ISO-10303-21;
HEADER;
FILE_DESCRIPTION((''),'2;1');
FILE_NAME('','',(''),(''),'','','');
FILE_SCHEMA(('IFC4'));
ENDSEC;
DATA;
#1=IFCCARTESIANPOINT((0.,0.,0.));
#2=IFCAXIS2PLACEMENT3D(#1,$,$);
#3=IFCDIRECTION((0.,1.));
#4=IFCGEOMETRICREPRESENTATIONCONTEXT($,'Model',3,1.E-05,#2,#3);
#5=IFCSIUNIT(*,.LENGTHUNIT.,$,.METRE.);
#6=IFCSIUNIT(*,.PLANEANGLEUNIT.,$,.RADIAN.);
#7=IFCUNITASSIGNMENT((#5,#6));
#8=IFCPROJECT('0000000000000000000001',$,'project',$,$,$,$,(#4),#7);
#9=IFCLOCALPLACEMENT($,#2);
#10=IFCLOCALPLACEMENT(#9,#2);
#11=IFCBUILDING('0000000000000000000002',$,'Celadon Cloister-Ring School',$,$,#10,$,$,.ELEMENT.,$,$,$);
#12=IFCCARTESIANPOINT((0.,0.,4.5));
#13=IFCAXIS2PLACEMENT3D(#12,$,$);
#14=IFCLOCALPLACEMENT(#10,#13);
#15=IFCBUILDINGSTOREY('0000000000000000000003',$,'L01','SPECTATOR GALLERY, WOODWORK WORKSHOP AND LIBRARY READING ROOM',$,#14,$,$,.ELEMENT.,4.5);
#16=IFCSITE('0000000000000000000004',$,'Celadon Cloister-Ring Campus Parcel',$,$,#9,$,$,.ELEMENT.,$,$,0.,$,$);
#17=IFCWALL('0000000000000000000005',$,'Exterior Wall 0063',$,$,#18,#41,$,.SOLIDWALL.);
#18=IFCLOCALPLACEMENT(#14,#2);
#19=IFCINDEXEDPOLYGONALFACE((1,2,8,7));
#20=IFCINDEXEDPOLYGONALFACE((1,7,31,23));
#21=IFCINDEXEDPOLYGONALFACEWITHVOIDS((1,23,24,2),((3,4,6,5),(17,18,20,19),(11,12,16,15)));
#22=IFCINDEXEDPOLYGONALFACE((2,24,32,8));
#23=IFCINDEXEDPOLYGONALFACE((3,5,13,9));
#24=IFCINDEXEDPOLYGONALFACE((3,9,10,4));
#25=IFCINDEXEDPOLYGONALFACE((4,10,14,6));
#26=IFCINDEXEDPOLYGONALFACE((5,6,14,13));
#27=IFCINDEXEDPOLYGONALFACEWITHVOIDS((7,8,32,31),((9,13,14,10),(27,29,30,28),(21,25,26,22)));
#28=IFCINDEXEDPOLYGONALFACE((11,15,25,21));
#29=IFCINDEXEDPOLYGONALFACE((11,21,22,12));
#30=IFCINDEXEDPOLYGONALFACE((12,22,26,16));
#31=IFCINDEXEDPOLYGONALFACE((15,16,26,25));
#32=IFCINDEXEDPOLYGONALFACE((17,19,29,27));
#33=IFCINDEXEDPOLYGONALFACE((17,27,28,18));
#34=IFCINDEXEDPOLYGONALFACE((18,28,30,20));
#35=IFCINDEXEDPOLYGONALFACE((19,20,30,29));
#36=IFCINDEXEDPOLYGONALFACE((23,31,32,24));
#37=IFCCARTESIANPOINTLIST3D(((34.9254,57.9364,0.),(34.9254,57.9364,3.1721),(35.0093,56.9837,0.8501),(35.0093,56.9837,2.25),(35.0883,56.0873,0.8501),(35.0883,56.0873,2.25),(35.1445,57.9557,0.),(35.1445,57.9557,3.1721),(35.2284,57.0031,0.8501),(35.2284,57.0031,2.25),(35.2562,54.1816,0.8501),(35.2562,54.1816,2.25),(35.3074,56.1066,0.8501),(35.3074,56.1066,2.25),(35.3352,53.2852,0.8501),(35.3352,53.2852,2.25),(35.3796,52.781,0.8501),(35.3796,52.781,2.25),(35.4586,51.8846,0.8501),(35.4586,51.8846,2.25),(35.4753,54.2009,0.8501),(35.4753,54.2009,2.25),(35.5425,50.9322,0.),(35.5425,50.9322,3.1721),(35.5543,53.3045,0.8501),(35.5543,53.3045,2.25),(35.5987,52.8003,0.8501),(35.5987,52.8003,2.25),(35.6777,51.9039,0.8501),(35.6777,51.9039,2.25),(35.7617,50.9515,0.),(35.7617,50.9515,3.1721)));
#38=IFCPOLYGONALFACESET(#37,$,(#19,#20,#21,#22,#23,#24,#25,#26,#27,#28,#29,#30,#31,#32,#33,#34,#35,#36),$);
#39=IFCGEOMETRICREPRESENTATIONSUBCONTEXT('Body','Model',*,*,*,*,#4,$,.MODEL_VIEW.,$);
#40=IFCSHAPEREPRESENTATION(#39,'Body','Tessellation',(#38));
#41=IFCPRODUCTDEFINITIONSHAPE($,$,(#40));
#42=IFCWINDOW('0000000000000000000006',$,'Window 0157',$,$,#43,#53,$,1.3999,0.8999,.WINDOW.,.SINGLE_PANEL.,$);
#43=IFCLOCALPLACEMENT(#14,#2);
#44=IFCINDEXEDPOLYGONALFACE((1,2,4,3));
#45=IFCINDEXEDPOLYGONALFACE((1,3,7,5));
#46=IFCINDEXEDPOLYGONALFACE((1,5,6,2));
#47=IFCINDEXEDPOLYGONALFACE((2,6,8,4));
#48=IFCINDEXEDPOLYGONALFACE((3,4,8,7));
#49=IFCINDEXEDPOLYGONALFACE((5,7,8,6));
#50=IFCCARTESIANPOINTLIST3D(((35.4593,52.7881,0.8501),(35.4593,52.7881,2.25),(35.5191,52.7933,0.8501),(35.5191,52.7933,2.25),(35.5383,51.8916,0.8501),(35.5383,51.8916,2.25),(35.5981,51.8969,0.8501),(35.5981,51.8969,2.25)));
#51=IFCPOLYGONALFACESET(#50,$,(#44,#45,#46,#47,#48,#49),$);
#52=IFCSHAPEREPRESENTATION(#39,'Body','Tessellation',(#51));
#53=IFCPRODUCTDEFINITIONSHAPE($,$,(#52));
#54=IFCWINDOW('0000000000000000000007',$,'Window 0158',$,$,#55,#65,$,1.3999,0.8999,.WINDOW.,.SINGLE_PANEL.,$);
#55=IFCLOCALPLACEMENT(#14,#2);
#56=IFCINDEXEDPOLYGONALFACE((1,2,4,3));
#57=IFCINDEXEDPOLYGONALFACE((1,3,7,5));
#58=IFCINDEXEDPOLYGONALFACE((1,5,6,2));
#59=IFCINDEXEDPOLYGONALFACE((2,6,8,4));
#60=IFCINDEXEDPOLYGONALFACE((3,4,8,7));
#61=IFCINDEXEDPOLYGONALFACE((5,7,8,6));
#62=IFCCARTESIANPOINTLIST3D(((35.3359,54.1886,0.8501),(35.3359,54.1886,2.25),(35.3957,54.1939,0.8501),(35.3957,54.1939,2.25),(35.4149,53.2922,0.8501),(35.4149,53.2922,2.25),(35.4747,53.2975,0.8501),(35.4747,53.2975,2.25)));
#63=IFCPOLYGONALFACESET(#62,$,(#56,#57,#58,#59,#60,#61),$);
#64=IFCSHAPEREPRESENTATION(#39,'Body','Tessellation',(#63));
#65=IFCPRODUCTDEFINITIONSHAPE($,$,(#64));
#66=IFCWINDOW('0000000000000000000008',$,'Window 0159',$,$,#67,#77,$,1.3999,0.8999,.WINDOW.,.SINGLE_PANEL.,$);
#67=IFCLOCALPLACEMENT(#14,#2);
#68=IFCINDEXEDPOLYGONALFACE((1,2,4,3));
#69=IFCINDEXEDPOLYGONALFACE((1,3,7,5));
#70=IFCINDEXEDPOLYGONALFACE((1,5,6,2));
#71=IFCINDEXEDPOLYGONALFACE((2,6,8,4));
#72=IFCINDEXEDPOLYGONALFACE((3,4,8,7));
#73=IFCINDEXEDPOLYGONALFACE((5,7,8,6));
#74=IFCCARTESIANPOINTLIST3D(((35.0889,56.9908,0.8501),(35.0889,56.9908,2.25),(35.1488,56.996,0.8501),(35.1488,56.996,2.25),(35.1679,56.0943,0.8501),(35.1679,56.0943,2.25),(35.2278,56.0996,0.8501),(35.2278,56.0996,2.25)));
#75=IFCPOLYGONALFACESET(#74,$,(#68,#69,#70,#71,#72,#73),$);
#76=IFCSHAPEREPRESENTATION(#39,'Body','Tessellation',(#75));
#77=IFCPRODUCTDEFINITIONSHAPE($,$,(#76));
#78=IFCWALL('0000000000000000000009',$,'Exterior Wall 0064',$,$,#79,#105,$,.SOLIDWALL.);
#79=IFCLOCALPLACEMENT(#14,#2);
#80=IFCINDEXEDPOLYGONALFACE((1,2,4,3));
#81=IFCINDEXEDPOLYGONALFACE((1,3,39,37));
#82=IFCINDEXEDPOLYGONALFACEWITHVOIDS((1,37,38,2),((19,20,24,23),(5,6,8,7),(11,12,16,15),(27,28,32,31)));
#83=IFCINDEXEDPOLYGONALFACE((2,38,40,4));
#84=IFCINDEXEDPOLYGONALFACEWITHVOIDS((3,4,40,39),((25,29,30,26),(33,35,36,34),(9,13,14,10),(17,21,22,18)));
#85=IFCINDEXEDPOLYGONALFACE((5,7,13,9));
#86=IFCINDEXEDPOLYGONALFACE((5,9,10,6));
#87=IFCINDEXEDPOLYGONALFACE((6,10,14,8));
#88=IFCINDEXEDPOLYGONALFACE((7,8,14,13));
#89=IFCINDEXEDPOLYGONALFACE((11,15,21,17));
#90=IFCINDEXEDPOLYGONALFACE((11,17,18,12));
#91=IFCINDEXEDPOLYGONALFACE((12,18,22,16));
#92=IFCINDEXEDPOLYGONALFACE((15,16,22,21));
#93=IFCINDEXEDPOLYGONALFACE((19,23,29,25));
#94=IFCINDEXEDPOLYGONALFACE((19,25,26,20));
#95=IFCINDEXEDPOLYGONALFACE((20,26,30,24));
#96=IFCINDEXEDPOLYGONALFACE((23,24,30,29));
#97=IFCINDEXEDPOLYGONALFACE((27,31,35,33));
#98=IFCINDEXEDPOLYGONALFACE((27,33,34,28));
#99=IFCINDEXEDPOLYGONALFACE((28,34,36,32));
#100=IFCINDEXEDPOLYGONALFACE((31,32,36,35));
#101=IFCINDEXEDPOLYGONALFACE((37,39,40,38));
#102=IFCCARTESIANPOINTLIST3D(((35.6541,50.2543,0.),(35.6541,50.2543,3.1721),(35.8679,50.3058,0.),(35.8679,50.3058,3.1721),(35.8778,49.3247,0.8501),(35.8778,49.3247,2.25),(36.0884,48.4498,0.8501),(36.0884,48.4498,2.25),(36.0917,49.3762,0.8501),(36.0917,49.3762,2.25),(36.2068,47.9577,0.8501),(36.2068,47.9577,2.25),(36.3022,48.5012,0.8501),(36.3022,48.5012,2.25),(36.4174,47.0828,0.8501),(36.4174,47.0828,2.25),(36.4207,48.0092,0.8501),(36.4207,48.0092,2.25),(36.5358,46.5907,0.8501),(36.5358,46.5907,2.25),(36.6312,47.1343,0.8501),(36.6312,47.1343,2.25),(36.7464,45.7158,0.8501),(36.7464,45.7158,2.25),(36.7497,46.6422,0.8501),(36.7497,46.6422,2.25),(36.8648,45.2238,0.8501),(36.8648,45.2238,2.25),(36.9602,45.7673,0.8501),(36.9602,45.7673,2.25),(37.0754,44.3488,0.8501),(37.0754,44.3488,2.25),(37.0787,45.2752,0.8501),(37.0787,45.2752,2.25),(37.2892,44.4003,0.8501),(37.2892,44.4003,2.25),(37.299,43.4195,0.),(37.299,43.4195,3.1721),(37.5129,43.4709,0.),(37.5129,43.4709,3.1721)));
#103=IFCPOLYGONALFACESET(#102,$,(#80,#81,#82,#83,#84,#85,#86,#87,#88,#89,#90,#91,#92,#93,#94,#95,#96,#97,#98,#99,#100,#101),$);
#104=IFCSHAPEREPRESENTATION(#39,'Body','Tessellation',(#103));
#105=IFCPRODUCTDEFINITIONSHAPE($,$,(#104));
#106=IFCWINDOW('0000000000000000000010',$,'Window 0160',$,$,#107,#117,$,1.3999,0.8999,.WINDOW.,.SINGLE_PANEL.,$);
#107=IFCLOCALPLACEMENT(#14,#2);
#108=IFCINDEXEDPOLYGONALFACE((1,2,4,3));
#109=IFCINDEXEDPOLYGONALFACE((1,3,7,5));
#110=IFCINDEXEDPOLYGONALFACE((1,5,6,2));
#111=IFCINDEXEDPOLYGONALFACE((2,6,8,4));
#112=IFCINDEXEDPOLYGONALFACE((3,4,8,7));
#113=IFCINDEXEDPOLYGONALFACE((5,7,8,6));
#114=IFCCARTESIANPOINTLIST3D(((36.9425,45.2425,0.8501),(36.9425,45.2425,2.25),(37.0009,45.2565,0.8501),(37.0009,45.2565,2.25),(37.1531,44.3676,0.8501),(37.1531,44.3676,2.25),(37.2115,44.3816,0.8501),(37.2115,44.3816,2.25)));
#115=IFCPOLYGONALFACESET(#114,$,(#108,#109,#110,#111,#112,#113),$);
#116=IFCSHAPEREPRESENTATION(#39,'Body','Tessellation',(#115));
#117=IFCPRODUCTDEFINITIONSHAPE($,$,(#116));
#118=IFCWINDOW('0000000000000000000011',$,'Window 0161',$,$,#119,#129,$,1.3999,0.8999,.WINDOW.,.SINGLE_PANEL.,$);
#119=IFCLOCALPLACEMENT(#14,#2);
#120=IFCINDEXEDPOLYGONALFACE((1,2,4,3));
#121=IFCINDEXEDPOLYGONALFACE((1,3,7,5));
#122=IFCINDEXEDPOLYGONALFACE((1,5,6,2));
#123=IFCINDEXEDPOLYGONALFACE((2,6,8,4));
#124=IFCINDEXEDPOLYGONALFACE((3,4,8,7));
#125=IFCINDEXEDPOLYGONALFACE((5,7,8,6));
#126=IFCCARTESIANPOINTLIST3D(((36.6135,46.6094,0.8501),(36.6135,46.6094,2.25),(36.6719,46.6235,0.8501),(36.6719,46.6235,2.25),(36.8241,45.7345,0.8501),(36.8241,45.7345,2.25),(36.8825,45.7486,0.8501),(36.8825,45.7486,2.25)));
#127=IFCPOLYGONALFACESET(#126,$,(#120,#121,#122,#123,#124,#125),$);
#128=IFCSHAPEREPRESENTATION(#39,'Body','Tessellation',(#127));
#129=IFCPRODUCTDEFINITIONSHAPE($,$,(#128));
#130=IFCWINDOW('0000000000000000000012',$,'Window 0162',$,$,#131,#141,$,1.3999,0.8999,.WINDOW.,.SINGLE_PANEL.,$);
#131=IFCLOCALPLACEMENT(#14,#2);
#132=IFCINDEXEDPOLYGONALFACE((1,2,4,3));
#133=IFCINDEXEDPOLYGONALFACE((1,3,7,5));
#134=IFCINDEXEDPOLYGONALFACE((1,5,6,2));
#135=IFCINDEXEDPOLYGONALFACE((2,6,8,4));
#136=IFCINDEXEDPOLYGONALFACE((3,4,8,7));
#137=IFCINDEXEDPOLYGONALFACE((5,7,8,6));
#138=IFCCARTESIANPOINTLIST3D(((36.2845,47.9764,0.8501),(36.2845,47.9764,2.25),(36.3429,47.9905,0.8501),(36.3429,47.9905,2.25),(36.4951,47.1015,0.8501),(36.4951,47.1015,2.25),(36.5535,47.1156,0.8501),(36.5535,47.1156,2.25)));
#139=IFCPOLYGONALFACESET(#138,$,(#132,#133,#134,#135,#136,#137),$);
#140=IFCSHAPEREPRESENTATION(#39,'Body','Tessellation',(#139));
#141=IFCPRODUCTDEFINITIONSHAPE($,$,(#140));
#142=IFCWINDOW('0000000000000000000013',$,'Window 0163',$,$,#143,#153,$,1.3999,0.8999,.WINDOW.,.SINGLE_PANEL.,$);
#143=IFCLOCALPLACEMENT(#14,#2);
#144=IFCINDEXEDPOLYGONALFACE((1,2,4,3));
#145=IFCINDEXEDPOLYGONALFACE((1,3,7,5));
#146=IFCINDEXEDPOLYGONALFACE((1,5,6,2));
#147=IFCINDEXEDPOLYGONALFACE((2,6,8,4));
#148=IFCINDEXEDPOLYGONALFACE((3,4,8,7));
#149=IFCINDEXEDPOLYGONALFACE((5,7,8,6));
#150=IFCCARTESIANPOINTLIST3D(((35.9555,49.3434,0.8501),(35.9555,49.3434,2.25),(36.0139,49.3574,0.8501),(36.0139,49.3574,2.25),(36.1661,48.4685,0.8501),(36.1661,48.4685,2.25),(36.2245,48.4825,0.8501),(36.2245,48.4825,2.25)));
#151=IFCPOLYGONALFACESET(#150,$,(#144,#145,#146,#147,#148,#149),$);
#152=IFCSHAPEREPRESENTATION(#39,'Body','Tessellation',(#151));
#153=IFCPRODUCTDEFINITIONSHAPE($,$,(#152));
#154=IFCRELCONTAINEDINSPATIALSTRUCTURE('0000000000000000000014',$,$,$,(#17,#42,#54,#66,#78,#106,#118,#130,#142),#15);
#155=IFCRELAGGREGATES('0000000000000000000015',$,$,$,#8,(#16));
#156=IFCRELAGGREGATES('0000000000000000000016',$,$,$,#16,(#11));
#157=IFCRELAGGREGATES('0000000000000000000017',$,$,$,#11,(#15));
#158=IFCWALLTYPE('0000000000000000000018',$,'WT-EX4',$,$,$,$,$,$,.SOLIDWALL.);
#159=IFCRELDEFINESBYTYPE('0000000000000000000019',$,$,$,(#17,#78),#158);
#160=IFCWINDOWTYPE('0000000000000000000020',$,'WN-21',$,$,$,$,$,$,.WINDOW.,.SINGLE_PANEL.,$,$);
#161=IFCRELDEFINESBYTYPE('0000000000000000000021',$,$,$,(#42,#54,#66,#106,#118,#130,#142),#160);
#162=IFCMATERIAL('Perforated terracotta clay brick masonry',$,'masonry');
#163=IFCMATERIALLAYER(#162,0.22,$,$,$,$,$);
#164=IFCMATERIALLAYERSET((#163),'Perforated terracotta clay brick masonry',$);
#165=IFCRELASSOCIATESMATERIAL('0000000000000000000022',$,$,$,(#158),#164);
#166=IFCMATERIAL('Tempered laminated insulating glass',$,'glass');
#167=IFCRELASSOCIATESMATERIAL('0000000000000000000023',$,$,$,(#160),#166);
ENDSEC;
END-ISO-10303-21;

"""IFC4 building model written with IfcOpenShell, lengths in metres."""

from ifc_helpers import new_model, si_unit, direction, frame, frame_2d, origin, place, context, subcontext, project, spatial, rectangle, extrude, material, layer, layer_set, type_object, element, fill, save


model = new_model("IFC4")

# Units and contexts
model_context = context("Model", 3, precision=1e-05, world=origin(), true_north=direction((0.0, 1.0)))
body_context = subcontext(model_context, "Body", "Model", "MODEL_VIEW")
ifc_project = project(units=[si_unit("LENGTHUNIT", "METRE"), si_unit("PLANEANGLEUNIT", "RADIAN")], contexts=[model_context])

# Site, building, storey
site_placement = place(None, origin())
site = spatial("IfcSite", under=ifc_project, at=site_placement, Name="Celadon Cloister-Ring Campus Parcel", CompositionType="ELEMENT", RefElevation=0.0)
building_placement = place(site_placement, origin())
building = spatial("IfcBuilding", under=site, at=building_placement, Name="Celadon Cloister-Ring School", CompositionType="ELEMENT")
storey_placement = place(building_placement, frame((0.0, 0.0, 4.5)))
storey = spatial("IfcBuildingStorey", under=building, at=storey_placement, Name="L01", Description="SPECTATOR GALLERY, WOODWORK WORKSHOP AND LIBRARY READING ROOM", CompositionType="ELEMENT", Elevation=4.5)

# Walls, openings, windows
ifc_material_1 = material(Name="Perforated terracotta clay brick masonry", Category="masonry")
ifc_layer_1 = layer(ifc_material_1, 0.22)
ifc_layer_set_1 = layer_set([ifc_layer_1], Name="Perforated terracotta clay brick masonry")
wall_type = type_object("IfcWallType", Name="WT-EX4", PredefinedType="SOLIDWALL", material=ifc_layer_set_1)
wall_1_placement = place(storey_placement, frame((35.6521, 50.9419, 0.0), z_axis=(0.0, 0.0, 1.0), x_axis=(-0.087777, 0.99614, 0.0)))
wall_1 = element("IfcWall", 1, at=wall_1_placement, inside=storey, type_object=wall_type, Name="Exterior Wall 0063", PredefinedType="SOLIDWALL", context=body_context, shape_type="SweptSolid", body=[
    extrude(rectangle(XDim=7.0312, YDim=0.22, at=frame_2d((3.5156, 0.0))), origin(), (0.0, 0.0, 1.0), 3.1721),
])
opening_1_placement = place(wall_1_placement, frame((0.9561, 0.0, 0.8501)))
opening_1 = element("IfcOpeningElement", 2, at=opening_1_placement, cuts=wall_1, PredefinedType="OPENING", context=body_context, shape_type="SweptSolid", body=[
    extrude(rectangle(XDim=0.8999, YDim=1.3999, at=frame_2d((0.45, 0.7))), frame((0.0, 0.1201, 0.0), z_axis=(0.0, -1.0, 0.0), x_axis=(1.0, 0.0, 0.0)), (0.0, 0.0, 1.0), 0.24),
])
opening_2_placement = place(wall_1_placement, frame((2.3621, 0.0, 0.8501)))
opening_2 = element("IfcOpeningElement", 3, at=opening_2_placement, cuts=wall_1, PredefinedType="OPENING", context=body_context, shape_type="SweptSolid", body=[
    extrude(rectangle(XDim=0.8999, YDim=1.3999, at=frame_2d((0.45, 0.7))), frame((0.0, 0.1201, 0.0), z_axis=(0.0, -1.0, 0.0), x_axis=(1.0, 0.0, 0.0)), (0.0, 0.0, 1.0), 0.24),
])
opening_3_placement = place(wall_1_placement, frame((5.175, 0.0, 0.8501)))
opening_3 = element("IfcOpeningElement", 4, at=opening_3_placement, cuts=wall_1, PredefinedType="OPENING", context=body_context, shape_type="SweptSolid", body=[
    extrude(rectangle(XDim=0.8999, YDim=1.3999, at=frame_2d((0.45, 0.7))), frame((0.0, 0.1201, 0.0), z_axis=(0.0, -1.0, 0.0), x_axis=(1.0, 0.0, 0.0)), (0.0, 0.0, 1.0), 0.24),
])
ifc_material_2 = material(Name="Tempered laminated insulating glass", Category="glass")
window_type = type_object("IfcWindowType", Name="WN-21", PartitioningType="SINGLE_PANEL", PredefinedType="WINDOW", material=ifc_material_2)
window_1_placement = place(opening_1_placement, origin())
window_1 = element("IfcWindow", 5, at=window_1_placement, inside=storey, type_object=window_type, Name="Window 0157", OverallHeight=1.3999, OverallWidth=0.8999, PartitioningType="SINGLE_PANEL", PredefinedType="WINDOW", context=body_context, shape_type="SweptSolid", body=[
    extrude(rectangle(XDim=0.8999, YDim=1.3999, at=frame_2d((0.45, 0.7))), frame((0.0, 0.03, 0.0), z_axis=(0.0, -1.0, 0.0), x_axis=(1.0, 0.0, 0.0)), (0.0, 0.0, 1.0), 0.0601),
])
fill(opening_1, window_1)
window_2_placement = place(opening_2_placement, origin())
window_2 = element("IfcWindow", 6, at=window_2_placement, inside=storey, type_object=window_type, Name="Window 0158", OverallHeight=1.3999, OverallWidth=0.8999, PartitioningType="SINGLE_PANEL", PredefinedType="WINDOW", context=body_context, shape_type="SweptSolid", body=[
    extrude(rectangle(XDim=0.8999, YDim=1.3999, at=frame_2d((0.45, 0.7))), frame((0.0, 0.03, 0.0), z_axis=(0.0, -1.0, 0.0), x_axis=(1.0, 0.0, 0.0)), (0.0, 0.0, 1.0), 0.0601),
])
fill(opening_2, window_2)
window_3_placement = place(opening_3_placement, origin())
window_3 = element("IfcWindow", 7, at=window_3_placement, inside=storey, type_object=window_type, Name="Window 0159", OverallHeight=1.3999, OverallWidth=0.8999, PartitioningType="SINGLE_PANEL", PredefinedType="WINDOW", context=body_context, shape_type="SweptSolid", body=[
    extrude(rectangle(XDim=0.8999, YDim=1.3999, at=frame_2d((0.45, 0.7))), frame((0.0, 0.03, 0.0), z_axis=(0.0, -1.0, 0.0), x_axis=(1.0, 0.0, 0.0)), (0.0, 0.0, 1.0), 0.0601),
])
fill(opening_3, window_3)
wall_2_placement = place(storey_placement, frame((37.406, 43.4451, 0.0), z_axis=(0.0, 0.0, 1.0), x_axis=(-0.233995, 0.972238, 0.0)))
wall_2 = element("IfcWall", 8, at=wall_2_placement, inside=storey, type_object=wall_type, Name="Exterior Wall 0064", PredefinedType="SOLIDWALL", context=body_context, shape_type="SweptSolid", body=[
    extrude(rectangle(XDim=7.03, YDim=0.22, at=frame_2d((3.5151, 0.0))), origin(), (0.0, 0.0, 1.0), 3.1721),
])
opening_4_placement = place(wall_2_placement, frame((0.9561, 0.0, 0.8501)))
opening_4 = element("IfcOpeningElement", 9, at=opening_4_placement, cuts=wall_2, PredefinedType="OPENING", context=body_context, shape_type="SweptSolid", body=[
    extrude(rectangle(XDim=0.8999, YDim=1.3999, at=frame_2d((0.45, 0.7))), frame((0.0, 0.1201, 0.0), z_axis=(0.0, -1.0, 0.0), x_axis=(1.0, 0.0, 0.0)), (0.0, 0.0, 1.0), 0.24),
])
opening_5_placement = place(wall_2_placement, frame((2.3621, 0.0, 0.8501)))
opening_5 = element("IfcOpeningElement", 10, at=opening_5_placement, cuts=wall_2, PredefinedType="OPENING", context=body_context, shape_type="SweptSolid", body=[
    extrude(rectangle(XDim=0.8999, YDim=1.3999, at=frame_2d((0.45, 0.7))), frame((0.0, 0.1201, 0.0), z_axis=(0.0, -1.0, 0.0), x_axis=(1.0, 0.0, 0.0)), (0.0, 0.0, 1.0), 0.24),
])
opening_6_placement = place(wall_2_placement, frame((3.7681, 0.0, 0.8501)))
opening_6 = element("IfcOpeningElement", 11, at=opening_6_placement, cuts=wall_2, PredefinedType="OPENING", context=body_context, shape_type="SweptSolid", body=[
    extrude(rectangle(XDim=0.8999, YDim=1.3999, at=frame_2d((0.45, 0.7))), frame((0.0, 0.1201, 0.0), z_axis=(0.0, -1.0, 0.0), x_axis=(1.0, 0.0, 0.0)), (0.0, 0.0, 1.0), 0.24),
])
opening_7_placement = place(wall_2_placement, frame((5.1741, 0.0, 0.8501)))
opening_7 = element("IfcOpeningElement", 12, at=opening_7_placement, cuts=wall_2, PredefinedType="OPENING", context=body_context, shape_type="SweptSolid", body=[
    extrude(rectangle(XDim=0.8999, YDim=1.3999, at=frame_2d((0.45, 0.7))), frame((0.0, 0.1201, 0.0), z_axis=(0.0, -1.0, 0.0), x_axis=(1.0, 0.0, 0.0)), (0.0, 0.0, 1.0), 0.24),
])
window_4_placement = place(opening_4_placement, origin())
window_4 = element("IfcWindow", 13, at=window_4_placement, inside=storey, type_object=window_type, Name="Window 0160", OverallHeight=1.3999, OverallWidth=0.8999, PartitioningType="SINGLE_PANEL", PredefinedType="WINDOW", context=body_context, shape_type="SweptSolid", body=[
    extrude(rectangle(XDim=0.8999, YDim=1.3999, at=frame_2d((0.45, 0.7))), frame((0.0, 0.03, 0.0), z_axis=(0.0, -1.0, 0.0), x_axis=(1.0, 0.0, 0.0)), (0.0, 0.0, 1.0), 0.0601),
])
fill(opening_4, window_4)
window_5_placement = place(opening_5_placement, origin())
window_5 = element("IfcWindow", 14, at=window_5_placement, inside=storey, type_object=window_type, Name="Window 0161", OverallHeight=1.3999, OverallWidth=0.8999, PartitioningType="SINGLE_PANEL", PredefinedType="WINDOW", context=body_context, shape_type="SweptSolid", body=[
    extrude(rectangle(XDim=0.8999, YDim=1.3999, at=frame_2d((0.45, 0.7))), frame((0.0, 0.03, 0.0), z_axis=(0.0, -1.0, 0.0), x_axis=(1.0, 0.0, 0.0)), (0.0, 0.0, 1.0), 0.0601),
])
fill(opening_5, window_5)
window_6_placement = place(opening_6_placement, origin())
window_6 = element("IfcWindow", 15, at=window_6_placement, inside=storey, type_object=window_type, Name="Window 0162", OverallHeight=1.3999, OverallWidth=0.8999, PartitioningType="SINGLE_PANEL", PredefinedType="WINDOW", context=body_context, shape_type="SweptSolid", body=[
    extrude(rectangle(XDim=0.8999, YDim=1.3999, at=frame_2d((0.45, 0.7))), frame((0.0, 0.03, 0.0), z_axis=(0.0, -1.0, 0.0), x_axis=(1.0, 0.0, 0.0)), (0.0, 0.0, 1.0), 0.0601),
])
fill(opening_6, window_6)
window_7_placement = place(opening_7_placement, origin())
window_7 = element("IfcWindow", 16, at=window_7_placement, inside=storey, type_object=window_type, Name="Window 0163", OverallHeight=1.3999, OverallWidth=0.8999, PartitioningType="SINGLE_PANEL", PredefinedType="WINDOW", context=body_context, shape_type="SweptSolid", body=[
    extrude(rectangle(XDim=0.8999, YDim=1.3999, at=frame_2d((0.45, 0.7))), frame((0.0, 0.03, 0.0), z_axis=(0.0, -1.0, 0.0), x_axis=(1.0, 0.0, 0.0)), (0.0, 0.0, 1.0), 0.0601),
])
fill(opening_7, window_7)

save(model, "model.ifc")
